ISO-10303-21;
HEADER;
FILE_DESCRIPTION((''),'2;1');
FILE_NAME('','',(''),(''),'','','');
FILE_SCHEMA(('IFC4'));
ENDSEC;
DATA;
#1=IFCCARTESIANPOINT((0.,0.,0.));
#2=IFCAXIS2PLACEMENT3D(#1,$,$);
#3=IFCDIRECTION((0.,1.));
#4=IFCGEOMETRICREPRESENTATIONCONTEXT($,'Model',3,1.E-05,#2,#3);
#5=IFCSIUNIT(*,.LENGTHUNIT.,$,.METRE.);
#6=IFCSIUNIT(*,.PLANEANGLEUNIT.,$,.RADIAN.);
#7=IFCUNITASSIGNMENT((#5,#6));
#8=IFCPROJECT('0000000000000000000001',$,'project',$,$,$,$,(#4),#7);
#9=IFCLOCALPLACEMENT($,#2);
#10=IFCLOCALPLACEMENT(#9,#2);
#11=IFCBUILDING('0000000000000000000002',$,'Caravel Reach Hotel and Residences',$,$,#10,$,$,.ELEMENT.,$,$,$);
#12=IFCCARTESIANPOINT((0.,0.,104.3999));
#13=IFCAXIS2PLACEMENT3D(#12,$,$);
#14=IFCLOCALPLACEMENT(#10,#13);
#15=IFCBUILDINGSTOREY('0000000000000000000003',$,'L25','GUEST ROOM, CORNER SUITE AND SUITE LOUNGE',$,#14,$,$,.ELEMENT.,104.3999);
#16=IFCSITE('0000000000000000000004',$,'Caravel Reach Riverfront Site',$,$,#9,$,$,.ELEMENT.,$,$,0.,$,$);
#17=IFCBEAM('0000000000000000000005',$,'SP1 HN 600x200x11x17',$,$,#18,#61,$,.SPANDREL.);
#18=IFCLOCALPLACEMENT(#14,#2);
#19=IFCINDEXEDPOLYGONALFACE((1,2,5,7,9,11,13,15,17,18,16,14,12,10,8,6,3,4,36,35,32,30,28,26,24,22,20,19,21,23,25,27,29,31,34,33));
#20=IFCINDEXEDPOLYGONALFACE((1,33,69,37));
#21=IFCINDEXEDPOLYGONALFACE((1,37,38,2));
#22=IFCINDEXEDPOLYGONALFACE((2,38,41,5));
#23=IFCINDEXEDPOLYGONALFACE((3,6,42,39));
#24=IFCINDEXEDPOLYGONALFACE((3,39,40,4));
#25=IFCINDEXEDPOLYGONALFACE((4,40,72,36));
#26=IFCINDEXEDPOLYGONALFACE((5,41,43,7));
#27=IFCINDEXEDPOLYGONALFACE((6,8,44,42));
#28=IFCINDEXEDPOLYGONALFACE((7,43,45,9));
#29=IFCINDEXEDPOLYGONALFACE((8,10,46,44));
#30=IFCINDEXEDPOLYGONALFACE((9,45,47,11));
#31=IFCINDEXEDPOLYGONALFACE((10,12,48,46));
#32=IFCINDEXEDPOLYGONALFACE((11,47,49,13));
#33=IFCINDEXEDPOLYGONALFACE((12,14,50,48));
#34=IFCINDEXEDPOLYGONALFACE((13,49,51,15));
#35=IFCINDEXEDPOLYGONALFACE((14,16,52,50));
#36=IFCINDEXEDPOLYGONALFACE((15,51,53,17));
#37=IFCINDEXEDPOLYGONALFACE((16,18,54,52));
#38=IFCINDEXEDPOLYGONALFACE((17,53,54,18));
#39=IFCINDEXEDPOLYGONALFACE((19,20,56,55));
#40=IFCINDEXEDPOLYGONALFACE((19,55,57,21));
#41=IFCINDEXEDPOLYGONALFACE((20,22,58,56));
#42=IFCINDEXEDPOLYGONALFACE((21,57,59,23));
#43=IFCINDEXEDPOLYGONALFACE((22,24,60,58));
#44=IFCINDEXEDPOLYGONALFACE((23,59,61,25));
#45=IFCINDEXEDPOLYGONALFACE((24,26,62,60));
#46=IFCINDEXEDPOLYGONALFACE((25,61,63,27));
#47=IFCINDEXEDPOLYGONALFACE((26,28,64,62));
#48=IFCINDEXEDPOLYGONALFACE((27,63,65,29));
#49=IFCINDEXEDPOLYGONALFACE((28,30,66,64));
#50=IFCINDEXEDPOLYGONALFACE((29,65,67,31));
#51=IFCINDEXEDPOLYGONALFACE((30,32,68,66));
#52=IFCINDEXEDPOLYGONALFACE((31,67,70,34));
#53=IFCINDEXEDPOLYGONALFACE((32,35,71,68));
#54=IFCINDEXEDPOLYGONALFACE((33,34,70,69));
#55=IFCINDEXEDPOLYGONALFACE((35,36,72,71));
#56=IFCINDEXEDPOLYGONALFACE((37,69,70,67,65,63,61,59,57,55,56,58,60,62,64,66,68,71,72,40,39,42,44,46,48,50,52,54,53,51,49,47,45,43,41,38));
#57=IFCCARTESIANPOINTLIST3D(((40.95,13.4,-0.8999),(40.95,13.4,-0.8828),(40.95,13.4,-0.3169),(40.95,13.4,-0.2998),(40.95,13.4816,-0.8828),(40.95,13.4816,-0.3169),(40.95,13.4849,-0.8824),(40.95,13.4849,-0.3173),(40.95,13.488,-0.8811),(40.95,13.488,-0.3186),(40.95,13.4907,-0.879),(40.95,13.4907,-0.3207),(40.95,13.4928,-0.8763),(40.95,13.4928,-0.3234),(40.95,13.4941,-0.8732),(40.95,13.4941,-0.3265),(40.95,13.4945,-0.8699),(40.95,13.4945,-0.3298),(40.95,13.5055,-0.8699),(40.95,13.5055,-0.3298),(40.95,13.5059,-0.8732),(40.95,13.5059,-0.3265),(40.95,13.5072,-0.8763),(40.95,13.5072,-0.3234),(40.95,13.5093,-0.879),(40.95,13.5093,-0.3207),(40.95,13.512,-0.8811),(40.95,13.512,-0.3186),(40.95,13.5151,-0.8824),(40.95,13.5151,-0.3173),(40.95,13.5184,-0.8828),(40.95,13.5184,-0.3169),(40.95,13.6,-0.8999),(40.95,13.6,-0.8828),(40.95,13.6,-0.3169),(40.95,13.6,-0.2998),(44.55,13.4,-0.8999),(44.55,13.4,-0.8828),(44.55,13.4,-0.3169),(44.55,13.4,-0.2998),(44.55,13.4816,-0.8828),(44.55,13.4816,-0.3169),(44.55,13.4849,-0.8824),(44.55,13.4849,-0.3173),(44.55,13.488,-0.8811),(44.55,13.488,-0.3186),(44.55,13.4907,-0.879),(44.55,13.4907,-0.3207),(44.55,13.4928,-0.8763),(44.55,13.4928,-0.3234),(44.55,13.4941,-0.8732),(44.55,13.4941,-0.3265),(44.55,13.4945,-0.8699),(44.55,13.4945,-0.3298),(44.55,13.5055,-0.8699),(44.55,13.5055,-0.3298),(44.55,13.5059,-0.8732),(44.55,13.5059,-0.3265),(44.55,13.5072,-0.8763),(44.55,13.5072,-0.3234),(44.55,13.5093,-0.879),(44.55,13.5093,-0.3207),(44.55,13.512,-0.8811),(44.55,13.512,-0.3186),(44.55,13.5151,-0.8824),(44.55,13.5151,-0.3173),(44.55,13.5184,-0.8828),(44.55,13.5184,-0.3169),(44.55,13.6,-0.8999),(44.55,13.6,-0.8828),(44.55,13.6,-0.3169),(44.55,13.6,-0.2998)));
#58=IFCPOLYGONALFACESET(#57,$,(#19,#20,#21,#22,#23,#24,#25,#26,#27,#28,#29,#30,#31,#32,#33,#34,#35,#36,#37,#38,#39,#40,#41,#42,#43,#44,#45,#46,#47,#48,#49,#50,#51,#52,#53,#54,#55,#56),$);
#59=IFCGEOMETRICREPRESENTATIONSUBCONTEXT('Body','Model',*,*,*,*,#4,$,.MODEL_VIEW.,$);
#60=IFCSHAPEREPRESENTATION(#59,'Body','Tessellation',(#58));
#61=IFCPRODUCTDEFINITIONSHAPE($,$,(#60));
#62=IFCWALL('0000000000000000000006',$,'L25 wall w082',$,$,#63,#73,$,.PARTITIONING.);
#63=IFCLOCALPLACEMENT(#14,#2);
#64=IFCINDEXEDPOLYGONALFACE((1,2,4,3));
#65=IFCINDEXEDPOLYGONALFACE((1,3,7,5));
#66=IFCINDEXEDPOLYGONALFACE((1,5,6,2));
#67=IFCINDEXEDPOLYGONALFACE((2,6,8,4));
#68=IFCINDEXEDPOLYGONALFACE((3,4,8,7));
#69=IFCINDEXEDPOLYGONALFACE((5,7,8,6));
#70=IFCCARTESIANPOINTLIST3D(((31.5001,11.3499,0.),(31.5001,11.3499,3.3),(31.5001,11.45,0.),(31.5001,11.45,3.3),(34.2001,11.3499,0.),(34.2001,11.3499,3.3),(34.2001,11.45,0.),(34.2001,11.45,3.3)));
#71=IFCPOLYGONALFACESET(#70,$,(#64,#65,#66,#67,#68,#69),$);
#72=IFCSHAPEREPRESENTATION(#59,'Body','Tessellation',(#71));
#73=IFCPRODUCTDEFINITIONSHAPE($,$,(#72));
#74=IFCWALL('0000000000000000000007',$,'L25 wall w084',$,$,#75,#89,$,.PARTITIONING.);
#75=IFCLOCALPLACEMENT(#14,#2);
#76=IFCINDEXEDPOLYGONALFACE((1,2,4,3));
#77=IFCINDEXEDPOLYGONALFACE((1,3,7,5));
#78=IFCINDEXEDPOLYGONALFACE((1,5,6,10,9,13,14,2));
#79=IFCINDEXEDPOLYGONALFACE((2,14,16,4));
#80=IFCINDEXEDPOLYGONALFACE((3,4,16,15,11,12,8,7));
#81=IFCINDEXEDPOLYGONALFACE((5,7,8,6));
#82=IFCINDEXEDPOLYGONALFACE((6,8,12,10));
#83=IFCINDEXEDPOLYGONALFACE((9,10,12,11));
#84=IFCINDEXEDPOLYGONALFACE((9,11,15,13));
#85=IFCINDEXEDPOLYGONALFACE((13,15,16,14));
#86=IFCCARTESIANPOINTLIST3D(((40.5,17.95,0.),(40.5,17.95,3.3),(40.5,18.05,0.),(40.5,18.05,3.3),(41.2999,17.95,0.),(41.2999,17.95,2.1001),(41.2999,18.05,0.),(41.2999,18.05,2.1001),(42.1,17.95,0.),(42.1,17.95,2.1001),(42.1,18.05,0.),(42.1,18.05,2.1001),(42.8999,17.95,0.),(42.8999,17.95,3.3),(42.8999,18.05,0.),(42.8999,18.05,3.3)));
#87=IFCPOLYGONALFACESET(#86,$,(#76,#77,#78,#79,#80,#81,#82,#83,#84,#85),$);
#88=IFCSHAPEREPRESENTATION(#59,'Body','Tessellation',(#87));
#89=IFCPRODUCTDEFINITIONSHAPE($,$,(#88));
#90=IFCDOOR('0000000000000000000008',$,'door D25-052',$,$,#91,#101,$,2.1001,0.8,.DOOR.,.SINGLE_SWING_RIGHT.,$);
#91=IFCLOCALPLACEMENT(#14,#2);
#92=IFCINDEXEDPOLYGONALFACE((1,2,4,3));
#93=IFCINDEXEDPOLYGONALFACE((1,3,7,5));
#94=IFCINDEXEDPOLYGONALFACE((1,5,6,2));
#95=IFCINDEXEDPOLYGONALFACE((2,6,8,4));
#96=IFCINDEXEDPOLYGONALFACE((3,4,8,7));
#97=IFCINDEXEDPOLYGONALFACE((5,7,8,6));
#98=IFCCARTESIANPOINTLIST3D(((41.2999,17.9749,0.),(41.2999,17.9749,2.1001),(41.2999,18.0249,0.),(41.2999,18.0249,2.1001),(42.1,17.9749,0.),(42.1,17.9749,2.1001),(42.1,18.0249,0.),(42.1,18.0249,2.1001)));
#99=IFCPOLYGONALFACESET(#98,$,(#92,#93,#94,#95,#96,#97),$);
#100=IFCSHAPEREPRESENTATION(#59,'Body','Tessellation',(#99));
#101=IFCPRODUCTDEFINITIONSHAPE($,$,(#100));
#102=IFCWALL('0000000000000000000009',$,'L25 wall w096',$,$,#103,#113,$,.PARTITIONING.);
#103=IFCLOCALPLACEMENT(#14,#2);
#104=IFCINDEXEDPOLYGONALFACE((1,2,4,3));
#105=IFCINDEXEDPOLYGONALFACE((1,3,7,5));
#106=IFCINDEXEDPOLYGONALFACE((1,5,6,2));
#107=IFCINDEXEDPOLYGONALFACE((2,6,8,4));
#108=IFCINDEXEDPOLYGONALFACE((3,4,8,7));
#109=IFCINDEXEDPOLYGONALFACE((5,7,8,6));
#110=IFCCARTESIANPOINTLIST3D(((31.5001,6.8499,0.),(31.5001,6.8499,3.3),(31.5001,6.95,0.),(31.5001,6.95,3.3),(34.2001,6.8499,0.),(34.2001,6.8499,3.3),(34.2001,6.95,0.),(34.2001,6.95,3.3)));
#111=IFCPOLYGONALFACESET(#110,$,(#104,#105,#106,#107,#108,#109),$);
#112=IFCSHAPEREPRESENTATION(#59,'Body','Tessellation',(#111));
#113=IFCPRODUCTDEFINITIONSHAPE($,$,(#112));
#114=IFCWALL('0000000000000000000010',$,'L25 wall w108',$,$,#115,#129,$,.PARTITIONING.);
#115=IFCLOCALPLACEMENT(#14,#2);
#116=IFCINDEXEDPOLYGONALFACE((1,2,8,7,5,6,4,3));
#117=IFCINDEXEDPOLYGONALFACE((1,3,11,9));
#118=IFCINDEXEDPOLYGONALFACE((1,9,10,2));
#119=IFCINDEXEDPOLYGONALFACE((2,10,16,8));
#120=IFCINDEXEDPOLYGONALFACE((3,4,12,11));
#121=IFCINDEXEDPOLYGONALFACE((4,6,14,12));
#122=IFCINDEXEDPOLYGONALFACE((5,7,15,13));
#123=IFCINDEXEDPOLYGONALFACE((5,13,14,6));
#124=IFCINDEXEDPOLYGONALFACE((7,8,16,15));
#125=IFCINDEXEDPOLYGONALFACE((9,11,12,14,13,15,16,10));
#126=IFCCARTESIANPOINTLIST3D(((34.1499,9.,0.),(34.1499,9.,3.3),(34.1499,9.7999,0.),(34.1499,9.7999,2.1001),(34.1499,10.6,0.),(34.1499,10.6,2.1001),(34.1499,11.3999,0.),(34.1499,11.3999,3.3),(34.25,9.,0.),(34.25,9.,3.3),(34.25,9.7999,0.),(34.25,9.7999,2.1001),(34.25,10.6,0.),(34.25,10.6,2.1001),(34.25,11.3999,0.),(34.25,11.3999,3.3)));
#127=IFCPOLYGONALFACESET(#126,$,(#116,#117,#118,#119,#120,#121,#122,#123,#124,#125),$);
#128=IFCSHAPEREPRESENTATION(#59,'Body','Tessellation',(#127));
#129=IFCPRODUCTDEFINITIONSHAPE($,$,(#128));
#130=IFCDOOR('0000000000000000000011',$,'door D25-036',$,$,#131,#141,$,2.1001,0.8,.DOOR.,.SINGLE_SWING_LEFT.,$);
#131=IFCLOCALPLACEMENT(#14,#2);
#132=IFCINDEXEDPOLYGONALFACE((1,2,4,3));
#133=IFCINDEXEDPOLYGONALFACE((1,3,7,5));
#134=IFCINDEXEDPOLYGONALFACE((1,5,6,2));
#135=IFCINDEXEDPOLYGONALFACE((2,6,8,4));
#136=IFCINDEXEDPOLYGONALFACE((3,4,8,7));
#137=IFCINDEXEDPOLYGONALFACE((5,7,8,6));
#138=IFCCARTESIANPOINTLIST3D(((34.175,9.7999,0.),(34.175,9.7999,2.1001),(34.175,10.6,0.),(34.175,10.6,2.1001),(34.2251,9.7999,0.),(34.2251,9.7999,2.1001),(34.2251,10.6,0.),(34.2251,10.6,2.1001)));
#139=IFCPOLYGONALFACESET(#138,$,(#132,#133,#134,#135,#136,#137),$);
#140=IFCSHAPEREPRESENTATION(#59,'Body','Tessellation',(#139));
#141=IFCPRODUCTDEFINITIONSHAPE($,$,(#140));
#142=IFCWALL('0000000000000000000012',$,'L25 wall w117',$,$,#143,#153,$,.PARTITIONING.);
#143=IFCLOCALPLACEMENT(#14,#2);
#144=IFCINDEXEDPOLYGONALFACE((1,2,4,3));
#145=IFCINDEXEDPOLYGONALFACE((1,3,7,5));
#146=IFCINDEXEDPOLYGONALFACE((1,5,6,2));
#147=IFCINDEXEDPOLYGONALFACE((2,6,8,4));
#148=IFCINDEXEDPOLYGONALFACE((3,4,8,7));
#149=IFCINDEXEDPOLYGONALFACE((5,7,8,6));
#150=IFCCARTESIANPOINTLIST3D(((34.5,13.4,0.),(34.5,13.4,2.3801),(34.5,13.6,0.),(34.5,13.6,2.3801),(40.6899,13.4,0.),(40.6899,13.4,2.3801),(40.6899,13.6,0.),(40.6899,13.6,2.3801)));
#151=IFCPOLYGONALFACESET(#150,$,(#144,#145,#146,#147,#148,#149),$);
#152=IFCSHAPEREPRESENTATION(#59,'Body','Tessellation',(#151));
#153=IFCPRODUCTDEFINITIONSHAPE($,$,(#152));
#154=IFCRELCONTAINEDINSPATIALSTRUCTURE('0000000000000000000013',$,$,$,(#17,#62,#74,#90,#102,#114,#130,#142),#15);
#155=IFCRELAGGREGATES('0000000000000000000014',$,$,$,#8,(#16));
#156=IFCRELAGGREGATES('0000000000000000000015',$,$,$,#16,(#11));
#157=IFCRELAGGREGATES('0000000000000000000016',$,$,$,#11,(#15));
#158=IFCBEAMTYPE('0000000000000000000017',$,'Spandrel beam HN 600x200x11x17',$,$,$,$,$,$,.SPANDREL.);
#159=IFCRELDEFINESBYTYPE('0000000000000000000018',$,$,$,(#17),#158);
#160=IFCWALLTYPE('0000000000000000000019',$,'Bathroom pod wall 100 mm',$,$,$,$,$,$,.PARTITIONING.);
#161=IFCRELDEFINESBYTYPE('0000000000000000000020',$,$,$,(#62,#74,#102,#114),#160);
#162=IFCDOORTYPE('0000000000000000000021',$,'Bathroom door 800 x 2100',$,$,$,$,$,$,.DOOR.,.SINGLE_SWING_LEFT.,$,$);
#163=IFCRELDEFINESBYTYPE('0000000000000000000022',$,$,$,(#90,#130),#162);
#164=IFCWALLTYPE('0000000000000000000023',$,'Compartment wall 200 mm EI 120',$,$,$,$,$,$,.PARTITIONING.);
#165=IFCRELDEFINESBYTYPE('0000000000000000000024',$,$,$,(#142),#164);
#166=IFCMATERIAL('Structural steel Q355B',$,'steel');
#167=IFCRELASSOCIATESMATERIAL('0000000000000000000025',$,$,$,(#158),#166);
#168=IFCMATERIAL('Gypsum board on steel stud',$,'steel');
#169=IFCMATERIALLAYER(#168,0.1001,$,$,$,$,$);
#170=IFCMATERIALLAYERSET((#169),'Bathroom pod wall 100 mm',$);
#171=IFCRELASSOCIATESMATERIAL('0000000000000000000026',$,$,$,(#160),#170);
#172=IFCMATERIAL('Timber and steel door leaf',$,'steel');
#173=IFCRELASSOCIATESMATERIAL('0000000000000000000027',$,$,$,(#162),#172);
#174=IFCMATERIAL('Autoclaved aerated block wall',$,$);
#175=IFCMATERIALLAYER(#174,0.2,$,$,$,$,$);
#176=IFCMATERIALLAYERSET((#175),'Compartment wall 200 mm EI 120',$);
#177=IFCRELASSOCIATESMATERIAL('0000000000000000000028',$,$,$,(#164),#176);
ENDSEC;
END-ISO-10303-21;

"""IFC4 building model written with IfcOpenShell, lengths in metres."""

from ifc_helpers import new_model, si_unit, direction, frame, frame_2d, origin, origin_2d, place, context, subcontext, project, spatial, rectangle, i_section, extrude, material, layer, layer_set, material_profile, profile_set, type_object, element, fill, save


model = new_model("IFC4")

# Units and contexts
model_context = context("Model", 3, precision=1e-05, world=origin(), true_north=direction((0.0, 1.0)))
body_context = subcontext(model_context, "Body", "Model", "MODEL_VIEW")
ifc_project = project(units=[si_unit("LENGTHUNIT", "METRE"), si_unit("PLANEANGLEUNIT", "RADIAN")], contexts=[model_context])

# Site, building, storey
site_placement = place(None, origin())
site = spatial("IfcSite", under=ifc_project, at=site_placement, Name="Caravel Reach Riverfront Site", CompositionType="ELEMENT", RefElevation=0.0)
building_placement = place(site_placement, origin())
building = spatial("IfcBuilding", under=site, at=building_placement, Name="Caravel Reach Hotel and Residences", CompositionType="ELEMENT")
storey_placement = place(building_placement, frame((0.0, 0.0, 104.3999)))
storey = spatial("IfcBuildingStorey", under=building, at=storey_placement, Name="L25", Description="GUEST ROOM, CORNER SUITE AND SUITE LOUNGE", CompositionType="ELEMENT", Elevation=104.3999)

# Beam
ifc_material_1 = material(Name="Structural steel Q355B", Category="steel")
ifc_material_profile_1 = material_profile(ifc_material_1, i_section(OverallWidth=0.2, OverallDepth=0.6001, WebThickness=0.011, FlangeThickness=0.0171, FilletRadius=0.0129, at=origin_2d()), Name="HN 600x200x11x17")
ifc_profile_set_1 = profile_set([ifc_material_profile_1], Name="Structural steel Q355B")
beam_type_1 = type_object("IfcBeamType", Name="Spandrel beam HN 600x200x11x17", PredefinedType="SPANDREL", material=ifc_profile_set_1)
beam_1_placement = place(storey_placement, frame((40.95, 13.5, -0.5999), z_axis=(1.0, 0.0, 0.0), x_axis=(0.0, 1.0, 0.0)))
element("IfcBeam", 1, at=beam_1_placement, inside=storey, type_object=beam_type_1, Name="SP1 HN 600x200x11x17", PredefinedType="SPANDREL", context=body_context, shape_type="SweptSolid", body=[
    extrude(i_section(OverallWidth=0.2, OverallDepth=0.6001, WebThickness=0.011, FlangeThickness=0.0171, FilletRadius=0.0129, at=origin_2d()), origin(), (0.0, 0.0, 1.0), 3.6001),
])

# Wall
ifc_material_2 = material(Name="Gypsum board on steel stud", Category="steel")
ifc_layer_1 = layer(ifc_material_2, 0.1001)
ifc_layer_set_1 = layer_set([ifc_layer_1], Name="Bathroom pod wall 100 mm")
wall_type_1 = type_object("IfcWallType", Name="Bathroom pod wall 100 mm", PredefinedType="PARTITIONING", material=ifc_layer_set_1)
wall_1_placement = place(storey_placement, frame((31.5, 11.3999, 0.0), z_axis=(0.0, 0.0, 1.0), x_axis=(1.0, 0.0, 0.0)))
element("IfcWall", 2, at=wall_1_placement, inside=storey, type_object=wall_type_1, Name="L25 wall w082", PredefinedType="PARTITIONING", context=body_context, shape_type="SweptSolid", body=[
    extrude(rectangle(XDim=2.7, YDim=0.1001, at=frame_2d((1.3501, 0.0))), origin(), (0.0, 0.0, 1.0), 3.3),
])

# Wall, opening, door
wall_2_placement = place(storey_placement, frame((40.5, 18.0, 0.0), z_axis=(0.0, 0.0, 1.0), x_axis=(1.0, 0.0, 0.0)))
wall_2 = element("IfcWall", 3, at=wall_2_placement, inside=storey, type_object=wall_type_1, Name="L25 wall w084", PredefinedType="PARTITIONING", context=body_context, shape_type="SweptSolid", body=[
    extrude(rectangle(XDim=2.3999, YDim=0.1001, at=frame_2d((1.2, 0.0))), origin(), (0.0, 0.0, 1.0), 3.3),
])
opening_1_placement = place(wall_2_placement, frame((0.8, 0.0, 0.0)))
opening_1 = element("IfcOpeningElement", 4, at=opening_1_placement, cuts=wall_2, PredefinedType="OPENING", context=body_context, shape_type="SweptSolid", body=[
    extrude(rectangle(XDim=0.8, YDim=2.1001, at=frame_2d((0.3999, 1.05))), frame((0.0, 0.0601, 0.0), z_axis=(0.0, -1.0, 0.0), x_axis=(1.0, 0.0, 0.0)), (0.0, 0.0, 1.0), 0.1201),
])
ifc_material_3 = material(Name="Timber and steel door leaf", Category="steel")
door_type_1 = type_object("IfcDoorType", Name="Bathroom door 800 x 2100", OperationType="SINGLE_SWING_LEFT", PredefinedType="DOOR", material=ifc_material_3)
door_1_placement = place(opening_1_placement, origin())
door_1 = element("IfcDoor", 5, at=door_1_placement, inside=storey, type_object=door_type_1, Name="door D25-052", OperationType="SINGLE_SWING_RIGHT", OverallHeight=2.1001, OverallWidth=0.8, PredefinedType="DOOR", context=body_context, shape_type="SweptSolid", body=[
    extrude(rectangle(XDim=0.8, YDim=2.1001, at=frame_2d((0.3999, 1.05))), frame((0.0, 0.0249, 0.0), z_axis=(0.0, -1.0, 0.0), x_axis=(1.0, 0.0, 0.0)), (0.0, 0.0, 1.0), 0.05),
])
fill(opening_1, door_1)

# Wall
wall_3_placement = place(storey_placement, frame((31.5, 6.8999, 0.0), z_axis=(0.0, 0.0, 1.0), x_axis=(1.0, 0.0, 0.0)))
element("IfcWall", 6, at=wall_3_placement, inside=storey, type_object=wall_type_1, Name="L25 wall w096", PredefinedType="PARTITIONING", context=body_context, shape_type="SweptSolid", body=[
    extrude(rectangle(XDim=2.7, YDim=0.1001, at=frame_2d((1.3501, 0.0))), origin(), (0.0, 0.0, 1.0), 3.3),
])

# Wall, opening, door
wall_4_placement = place(storey_placement, frame((34.2, 9.0, 0.0), z_axis=(0.0, 0.0, 1.0), x_axis=(0.0, 1.0, 0.0)))
wall_4 = element("IfcWall", 7, at=wall_4_placement, inside=storey, type_object=wall_type_1, Name="L25 wall w108", PredefinedType="PARTITIONING", context=body_context, shape_type="SweptSolid", body=[
    extrude(rectangle(XDim=2.3999, YDim=0.1001, at=frame_2d((1.2, 0.0))), origin(), (0.0, 0.0, 1.0), 3.3),
])
opening_2_placement = place(wall_4_placement, frame((0.8, 0.0, 0.0)))
opening_2 = element("IfcOpeningElement", 8, at=opening_2_placement, cuts=wall_4, PredefinedType="OPENING", context=body_context, shape_type="SweptSolid", body=[
    extrude(rectangle(XDim=0.8, YDim=2.1001, at=frame_2d((0.3999, 1.05))), frame((0.0, 0.0601, 0.0), z_axis=(0.0, -1.0, 0.0), x_axis=(1.0, 0.0, 0.0)), (0.0, 0.0, 1.0), 0.1201),
])
door_2_placement = place(opening_2_placement, origin())
door_2 = element("IfcDoor", 9, at=door_2_placement, inside=storey, type_object=door_type_1, Name="door D25-036", OperationType="SINGLE_SWING_LEFT", OverallHeight=2.1001, OverallWidth=0.8, PredefinedType="DOOR", context=body_context, shape_type="SweptSolid", body=[
    extrude(rectangle(XDim=0.8, YDim=2.1001, at=frame_2d((0.3999, 1.05))), frame((0.0, 0.0249, 0.0), z_axis=(0.0, -1.0, 0.0), x_axis=(1.0, 0.0, 0.0)), (0.0, 0.0, 1.0), 0.05),
])
fill(opening_2, door_2)

# Wall
ifc_material_4 = material(Name="Autoclaved aerated block wall")
ifc_layer_2 = layer(ifc_material_4, 0.2)
ifc_layer_set_2 = layer_set([ifc_layer_2], Name="Compartment wall 200 mm EI 120")
wall_type_2 = type_object("IfcWallType", Name="Compartment wall 200 mm EI 120", PredefinedType="PARTITIONING", material=ifc_layer_set_2)
wall_5_placement = place(storey_placement, frame((34.5, 13.5, 0.0), z_axis=(0.0, 0.0, 1.0), x_axis=(1.0, 0.0, 0.0)))
element("IfcWall", 10, at=wall_5_placement, inside=storey, type_object=wall_type_2, Name="L25 wall w117", PredefinedType="PARTITIONING", context=body_context, shape_type="SweptSolid", body=[
    extrude(rectangle(XDim=6.1899, YDim=0.2, at=frame_2d((3.095, 0.0))), origin(), (0.0, 0.0, 1.0), 2.3801),
])

save(model, "model.ifc")
